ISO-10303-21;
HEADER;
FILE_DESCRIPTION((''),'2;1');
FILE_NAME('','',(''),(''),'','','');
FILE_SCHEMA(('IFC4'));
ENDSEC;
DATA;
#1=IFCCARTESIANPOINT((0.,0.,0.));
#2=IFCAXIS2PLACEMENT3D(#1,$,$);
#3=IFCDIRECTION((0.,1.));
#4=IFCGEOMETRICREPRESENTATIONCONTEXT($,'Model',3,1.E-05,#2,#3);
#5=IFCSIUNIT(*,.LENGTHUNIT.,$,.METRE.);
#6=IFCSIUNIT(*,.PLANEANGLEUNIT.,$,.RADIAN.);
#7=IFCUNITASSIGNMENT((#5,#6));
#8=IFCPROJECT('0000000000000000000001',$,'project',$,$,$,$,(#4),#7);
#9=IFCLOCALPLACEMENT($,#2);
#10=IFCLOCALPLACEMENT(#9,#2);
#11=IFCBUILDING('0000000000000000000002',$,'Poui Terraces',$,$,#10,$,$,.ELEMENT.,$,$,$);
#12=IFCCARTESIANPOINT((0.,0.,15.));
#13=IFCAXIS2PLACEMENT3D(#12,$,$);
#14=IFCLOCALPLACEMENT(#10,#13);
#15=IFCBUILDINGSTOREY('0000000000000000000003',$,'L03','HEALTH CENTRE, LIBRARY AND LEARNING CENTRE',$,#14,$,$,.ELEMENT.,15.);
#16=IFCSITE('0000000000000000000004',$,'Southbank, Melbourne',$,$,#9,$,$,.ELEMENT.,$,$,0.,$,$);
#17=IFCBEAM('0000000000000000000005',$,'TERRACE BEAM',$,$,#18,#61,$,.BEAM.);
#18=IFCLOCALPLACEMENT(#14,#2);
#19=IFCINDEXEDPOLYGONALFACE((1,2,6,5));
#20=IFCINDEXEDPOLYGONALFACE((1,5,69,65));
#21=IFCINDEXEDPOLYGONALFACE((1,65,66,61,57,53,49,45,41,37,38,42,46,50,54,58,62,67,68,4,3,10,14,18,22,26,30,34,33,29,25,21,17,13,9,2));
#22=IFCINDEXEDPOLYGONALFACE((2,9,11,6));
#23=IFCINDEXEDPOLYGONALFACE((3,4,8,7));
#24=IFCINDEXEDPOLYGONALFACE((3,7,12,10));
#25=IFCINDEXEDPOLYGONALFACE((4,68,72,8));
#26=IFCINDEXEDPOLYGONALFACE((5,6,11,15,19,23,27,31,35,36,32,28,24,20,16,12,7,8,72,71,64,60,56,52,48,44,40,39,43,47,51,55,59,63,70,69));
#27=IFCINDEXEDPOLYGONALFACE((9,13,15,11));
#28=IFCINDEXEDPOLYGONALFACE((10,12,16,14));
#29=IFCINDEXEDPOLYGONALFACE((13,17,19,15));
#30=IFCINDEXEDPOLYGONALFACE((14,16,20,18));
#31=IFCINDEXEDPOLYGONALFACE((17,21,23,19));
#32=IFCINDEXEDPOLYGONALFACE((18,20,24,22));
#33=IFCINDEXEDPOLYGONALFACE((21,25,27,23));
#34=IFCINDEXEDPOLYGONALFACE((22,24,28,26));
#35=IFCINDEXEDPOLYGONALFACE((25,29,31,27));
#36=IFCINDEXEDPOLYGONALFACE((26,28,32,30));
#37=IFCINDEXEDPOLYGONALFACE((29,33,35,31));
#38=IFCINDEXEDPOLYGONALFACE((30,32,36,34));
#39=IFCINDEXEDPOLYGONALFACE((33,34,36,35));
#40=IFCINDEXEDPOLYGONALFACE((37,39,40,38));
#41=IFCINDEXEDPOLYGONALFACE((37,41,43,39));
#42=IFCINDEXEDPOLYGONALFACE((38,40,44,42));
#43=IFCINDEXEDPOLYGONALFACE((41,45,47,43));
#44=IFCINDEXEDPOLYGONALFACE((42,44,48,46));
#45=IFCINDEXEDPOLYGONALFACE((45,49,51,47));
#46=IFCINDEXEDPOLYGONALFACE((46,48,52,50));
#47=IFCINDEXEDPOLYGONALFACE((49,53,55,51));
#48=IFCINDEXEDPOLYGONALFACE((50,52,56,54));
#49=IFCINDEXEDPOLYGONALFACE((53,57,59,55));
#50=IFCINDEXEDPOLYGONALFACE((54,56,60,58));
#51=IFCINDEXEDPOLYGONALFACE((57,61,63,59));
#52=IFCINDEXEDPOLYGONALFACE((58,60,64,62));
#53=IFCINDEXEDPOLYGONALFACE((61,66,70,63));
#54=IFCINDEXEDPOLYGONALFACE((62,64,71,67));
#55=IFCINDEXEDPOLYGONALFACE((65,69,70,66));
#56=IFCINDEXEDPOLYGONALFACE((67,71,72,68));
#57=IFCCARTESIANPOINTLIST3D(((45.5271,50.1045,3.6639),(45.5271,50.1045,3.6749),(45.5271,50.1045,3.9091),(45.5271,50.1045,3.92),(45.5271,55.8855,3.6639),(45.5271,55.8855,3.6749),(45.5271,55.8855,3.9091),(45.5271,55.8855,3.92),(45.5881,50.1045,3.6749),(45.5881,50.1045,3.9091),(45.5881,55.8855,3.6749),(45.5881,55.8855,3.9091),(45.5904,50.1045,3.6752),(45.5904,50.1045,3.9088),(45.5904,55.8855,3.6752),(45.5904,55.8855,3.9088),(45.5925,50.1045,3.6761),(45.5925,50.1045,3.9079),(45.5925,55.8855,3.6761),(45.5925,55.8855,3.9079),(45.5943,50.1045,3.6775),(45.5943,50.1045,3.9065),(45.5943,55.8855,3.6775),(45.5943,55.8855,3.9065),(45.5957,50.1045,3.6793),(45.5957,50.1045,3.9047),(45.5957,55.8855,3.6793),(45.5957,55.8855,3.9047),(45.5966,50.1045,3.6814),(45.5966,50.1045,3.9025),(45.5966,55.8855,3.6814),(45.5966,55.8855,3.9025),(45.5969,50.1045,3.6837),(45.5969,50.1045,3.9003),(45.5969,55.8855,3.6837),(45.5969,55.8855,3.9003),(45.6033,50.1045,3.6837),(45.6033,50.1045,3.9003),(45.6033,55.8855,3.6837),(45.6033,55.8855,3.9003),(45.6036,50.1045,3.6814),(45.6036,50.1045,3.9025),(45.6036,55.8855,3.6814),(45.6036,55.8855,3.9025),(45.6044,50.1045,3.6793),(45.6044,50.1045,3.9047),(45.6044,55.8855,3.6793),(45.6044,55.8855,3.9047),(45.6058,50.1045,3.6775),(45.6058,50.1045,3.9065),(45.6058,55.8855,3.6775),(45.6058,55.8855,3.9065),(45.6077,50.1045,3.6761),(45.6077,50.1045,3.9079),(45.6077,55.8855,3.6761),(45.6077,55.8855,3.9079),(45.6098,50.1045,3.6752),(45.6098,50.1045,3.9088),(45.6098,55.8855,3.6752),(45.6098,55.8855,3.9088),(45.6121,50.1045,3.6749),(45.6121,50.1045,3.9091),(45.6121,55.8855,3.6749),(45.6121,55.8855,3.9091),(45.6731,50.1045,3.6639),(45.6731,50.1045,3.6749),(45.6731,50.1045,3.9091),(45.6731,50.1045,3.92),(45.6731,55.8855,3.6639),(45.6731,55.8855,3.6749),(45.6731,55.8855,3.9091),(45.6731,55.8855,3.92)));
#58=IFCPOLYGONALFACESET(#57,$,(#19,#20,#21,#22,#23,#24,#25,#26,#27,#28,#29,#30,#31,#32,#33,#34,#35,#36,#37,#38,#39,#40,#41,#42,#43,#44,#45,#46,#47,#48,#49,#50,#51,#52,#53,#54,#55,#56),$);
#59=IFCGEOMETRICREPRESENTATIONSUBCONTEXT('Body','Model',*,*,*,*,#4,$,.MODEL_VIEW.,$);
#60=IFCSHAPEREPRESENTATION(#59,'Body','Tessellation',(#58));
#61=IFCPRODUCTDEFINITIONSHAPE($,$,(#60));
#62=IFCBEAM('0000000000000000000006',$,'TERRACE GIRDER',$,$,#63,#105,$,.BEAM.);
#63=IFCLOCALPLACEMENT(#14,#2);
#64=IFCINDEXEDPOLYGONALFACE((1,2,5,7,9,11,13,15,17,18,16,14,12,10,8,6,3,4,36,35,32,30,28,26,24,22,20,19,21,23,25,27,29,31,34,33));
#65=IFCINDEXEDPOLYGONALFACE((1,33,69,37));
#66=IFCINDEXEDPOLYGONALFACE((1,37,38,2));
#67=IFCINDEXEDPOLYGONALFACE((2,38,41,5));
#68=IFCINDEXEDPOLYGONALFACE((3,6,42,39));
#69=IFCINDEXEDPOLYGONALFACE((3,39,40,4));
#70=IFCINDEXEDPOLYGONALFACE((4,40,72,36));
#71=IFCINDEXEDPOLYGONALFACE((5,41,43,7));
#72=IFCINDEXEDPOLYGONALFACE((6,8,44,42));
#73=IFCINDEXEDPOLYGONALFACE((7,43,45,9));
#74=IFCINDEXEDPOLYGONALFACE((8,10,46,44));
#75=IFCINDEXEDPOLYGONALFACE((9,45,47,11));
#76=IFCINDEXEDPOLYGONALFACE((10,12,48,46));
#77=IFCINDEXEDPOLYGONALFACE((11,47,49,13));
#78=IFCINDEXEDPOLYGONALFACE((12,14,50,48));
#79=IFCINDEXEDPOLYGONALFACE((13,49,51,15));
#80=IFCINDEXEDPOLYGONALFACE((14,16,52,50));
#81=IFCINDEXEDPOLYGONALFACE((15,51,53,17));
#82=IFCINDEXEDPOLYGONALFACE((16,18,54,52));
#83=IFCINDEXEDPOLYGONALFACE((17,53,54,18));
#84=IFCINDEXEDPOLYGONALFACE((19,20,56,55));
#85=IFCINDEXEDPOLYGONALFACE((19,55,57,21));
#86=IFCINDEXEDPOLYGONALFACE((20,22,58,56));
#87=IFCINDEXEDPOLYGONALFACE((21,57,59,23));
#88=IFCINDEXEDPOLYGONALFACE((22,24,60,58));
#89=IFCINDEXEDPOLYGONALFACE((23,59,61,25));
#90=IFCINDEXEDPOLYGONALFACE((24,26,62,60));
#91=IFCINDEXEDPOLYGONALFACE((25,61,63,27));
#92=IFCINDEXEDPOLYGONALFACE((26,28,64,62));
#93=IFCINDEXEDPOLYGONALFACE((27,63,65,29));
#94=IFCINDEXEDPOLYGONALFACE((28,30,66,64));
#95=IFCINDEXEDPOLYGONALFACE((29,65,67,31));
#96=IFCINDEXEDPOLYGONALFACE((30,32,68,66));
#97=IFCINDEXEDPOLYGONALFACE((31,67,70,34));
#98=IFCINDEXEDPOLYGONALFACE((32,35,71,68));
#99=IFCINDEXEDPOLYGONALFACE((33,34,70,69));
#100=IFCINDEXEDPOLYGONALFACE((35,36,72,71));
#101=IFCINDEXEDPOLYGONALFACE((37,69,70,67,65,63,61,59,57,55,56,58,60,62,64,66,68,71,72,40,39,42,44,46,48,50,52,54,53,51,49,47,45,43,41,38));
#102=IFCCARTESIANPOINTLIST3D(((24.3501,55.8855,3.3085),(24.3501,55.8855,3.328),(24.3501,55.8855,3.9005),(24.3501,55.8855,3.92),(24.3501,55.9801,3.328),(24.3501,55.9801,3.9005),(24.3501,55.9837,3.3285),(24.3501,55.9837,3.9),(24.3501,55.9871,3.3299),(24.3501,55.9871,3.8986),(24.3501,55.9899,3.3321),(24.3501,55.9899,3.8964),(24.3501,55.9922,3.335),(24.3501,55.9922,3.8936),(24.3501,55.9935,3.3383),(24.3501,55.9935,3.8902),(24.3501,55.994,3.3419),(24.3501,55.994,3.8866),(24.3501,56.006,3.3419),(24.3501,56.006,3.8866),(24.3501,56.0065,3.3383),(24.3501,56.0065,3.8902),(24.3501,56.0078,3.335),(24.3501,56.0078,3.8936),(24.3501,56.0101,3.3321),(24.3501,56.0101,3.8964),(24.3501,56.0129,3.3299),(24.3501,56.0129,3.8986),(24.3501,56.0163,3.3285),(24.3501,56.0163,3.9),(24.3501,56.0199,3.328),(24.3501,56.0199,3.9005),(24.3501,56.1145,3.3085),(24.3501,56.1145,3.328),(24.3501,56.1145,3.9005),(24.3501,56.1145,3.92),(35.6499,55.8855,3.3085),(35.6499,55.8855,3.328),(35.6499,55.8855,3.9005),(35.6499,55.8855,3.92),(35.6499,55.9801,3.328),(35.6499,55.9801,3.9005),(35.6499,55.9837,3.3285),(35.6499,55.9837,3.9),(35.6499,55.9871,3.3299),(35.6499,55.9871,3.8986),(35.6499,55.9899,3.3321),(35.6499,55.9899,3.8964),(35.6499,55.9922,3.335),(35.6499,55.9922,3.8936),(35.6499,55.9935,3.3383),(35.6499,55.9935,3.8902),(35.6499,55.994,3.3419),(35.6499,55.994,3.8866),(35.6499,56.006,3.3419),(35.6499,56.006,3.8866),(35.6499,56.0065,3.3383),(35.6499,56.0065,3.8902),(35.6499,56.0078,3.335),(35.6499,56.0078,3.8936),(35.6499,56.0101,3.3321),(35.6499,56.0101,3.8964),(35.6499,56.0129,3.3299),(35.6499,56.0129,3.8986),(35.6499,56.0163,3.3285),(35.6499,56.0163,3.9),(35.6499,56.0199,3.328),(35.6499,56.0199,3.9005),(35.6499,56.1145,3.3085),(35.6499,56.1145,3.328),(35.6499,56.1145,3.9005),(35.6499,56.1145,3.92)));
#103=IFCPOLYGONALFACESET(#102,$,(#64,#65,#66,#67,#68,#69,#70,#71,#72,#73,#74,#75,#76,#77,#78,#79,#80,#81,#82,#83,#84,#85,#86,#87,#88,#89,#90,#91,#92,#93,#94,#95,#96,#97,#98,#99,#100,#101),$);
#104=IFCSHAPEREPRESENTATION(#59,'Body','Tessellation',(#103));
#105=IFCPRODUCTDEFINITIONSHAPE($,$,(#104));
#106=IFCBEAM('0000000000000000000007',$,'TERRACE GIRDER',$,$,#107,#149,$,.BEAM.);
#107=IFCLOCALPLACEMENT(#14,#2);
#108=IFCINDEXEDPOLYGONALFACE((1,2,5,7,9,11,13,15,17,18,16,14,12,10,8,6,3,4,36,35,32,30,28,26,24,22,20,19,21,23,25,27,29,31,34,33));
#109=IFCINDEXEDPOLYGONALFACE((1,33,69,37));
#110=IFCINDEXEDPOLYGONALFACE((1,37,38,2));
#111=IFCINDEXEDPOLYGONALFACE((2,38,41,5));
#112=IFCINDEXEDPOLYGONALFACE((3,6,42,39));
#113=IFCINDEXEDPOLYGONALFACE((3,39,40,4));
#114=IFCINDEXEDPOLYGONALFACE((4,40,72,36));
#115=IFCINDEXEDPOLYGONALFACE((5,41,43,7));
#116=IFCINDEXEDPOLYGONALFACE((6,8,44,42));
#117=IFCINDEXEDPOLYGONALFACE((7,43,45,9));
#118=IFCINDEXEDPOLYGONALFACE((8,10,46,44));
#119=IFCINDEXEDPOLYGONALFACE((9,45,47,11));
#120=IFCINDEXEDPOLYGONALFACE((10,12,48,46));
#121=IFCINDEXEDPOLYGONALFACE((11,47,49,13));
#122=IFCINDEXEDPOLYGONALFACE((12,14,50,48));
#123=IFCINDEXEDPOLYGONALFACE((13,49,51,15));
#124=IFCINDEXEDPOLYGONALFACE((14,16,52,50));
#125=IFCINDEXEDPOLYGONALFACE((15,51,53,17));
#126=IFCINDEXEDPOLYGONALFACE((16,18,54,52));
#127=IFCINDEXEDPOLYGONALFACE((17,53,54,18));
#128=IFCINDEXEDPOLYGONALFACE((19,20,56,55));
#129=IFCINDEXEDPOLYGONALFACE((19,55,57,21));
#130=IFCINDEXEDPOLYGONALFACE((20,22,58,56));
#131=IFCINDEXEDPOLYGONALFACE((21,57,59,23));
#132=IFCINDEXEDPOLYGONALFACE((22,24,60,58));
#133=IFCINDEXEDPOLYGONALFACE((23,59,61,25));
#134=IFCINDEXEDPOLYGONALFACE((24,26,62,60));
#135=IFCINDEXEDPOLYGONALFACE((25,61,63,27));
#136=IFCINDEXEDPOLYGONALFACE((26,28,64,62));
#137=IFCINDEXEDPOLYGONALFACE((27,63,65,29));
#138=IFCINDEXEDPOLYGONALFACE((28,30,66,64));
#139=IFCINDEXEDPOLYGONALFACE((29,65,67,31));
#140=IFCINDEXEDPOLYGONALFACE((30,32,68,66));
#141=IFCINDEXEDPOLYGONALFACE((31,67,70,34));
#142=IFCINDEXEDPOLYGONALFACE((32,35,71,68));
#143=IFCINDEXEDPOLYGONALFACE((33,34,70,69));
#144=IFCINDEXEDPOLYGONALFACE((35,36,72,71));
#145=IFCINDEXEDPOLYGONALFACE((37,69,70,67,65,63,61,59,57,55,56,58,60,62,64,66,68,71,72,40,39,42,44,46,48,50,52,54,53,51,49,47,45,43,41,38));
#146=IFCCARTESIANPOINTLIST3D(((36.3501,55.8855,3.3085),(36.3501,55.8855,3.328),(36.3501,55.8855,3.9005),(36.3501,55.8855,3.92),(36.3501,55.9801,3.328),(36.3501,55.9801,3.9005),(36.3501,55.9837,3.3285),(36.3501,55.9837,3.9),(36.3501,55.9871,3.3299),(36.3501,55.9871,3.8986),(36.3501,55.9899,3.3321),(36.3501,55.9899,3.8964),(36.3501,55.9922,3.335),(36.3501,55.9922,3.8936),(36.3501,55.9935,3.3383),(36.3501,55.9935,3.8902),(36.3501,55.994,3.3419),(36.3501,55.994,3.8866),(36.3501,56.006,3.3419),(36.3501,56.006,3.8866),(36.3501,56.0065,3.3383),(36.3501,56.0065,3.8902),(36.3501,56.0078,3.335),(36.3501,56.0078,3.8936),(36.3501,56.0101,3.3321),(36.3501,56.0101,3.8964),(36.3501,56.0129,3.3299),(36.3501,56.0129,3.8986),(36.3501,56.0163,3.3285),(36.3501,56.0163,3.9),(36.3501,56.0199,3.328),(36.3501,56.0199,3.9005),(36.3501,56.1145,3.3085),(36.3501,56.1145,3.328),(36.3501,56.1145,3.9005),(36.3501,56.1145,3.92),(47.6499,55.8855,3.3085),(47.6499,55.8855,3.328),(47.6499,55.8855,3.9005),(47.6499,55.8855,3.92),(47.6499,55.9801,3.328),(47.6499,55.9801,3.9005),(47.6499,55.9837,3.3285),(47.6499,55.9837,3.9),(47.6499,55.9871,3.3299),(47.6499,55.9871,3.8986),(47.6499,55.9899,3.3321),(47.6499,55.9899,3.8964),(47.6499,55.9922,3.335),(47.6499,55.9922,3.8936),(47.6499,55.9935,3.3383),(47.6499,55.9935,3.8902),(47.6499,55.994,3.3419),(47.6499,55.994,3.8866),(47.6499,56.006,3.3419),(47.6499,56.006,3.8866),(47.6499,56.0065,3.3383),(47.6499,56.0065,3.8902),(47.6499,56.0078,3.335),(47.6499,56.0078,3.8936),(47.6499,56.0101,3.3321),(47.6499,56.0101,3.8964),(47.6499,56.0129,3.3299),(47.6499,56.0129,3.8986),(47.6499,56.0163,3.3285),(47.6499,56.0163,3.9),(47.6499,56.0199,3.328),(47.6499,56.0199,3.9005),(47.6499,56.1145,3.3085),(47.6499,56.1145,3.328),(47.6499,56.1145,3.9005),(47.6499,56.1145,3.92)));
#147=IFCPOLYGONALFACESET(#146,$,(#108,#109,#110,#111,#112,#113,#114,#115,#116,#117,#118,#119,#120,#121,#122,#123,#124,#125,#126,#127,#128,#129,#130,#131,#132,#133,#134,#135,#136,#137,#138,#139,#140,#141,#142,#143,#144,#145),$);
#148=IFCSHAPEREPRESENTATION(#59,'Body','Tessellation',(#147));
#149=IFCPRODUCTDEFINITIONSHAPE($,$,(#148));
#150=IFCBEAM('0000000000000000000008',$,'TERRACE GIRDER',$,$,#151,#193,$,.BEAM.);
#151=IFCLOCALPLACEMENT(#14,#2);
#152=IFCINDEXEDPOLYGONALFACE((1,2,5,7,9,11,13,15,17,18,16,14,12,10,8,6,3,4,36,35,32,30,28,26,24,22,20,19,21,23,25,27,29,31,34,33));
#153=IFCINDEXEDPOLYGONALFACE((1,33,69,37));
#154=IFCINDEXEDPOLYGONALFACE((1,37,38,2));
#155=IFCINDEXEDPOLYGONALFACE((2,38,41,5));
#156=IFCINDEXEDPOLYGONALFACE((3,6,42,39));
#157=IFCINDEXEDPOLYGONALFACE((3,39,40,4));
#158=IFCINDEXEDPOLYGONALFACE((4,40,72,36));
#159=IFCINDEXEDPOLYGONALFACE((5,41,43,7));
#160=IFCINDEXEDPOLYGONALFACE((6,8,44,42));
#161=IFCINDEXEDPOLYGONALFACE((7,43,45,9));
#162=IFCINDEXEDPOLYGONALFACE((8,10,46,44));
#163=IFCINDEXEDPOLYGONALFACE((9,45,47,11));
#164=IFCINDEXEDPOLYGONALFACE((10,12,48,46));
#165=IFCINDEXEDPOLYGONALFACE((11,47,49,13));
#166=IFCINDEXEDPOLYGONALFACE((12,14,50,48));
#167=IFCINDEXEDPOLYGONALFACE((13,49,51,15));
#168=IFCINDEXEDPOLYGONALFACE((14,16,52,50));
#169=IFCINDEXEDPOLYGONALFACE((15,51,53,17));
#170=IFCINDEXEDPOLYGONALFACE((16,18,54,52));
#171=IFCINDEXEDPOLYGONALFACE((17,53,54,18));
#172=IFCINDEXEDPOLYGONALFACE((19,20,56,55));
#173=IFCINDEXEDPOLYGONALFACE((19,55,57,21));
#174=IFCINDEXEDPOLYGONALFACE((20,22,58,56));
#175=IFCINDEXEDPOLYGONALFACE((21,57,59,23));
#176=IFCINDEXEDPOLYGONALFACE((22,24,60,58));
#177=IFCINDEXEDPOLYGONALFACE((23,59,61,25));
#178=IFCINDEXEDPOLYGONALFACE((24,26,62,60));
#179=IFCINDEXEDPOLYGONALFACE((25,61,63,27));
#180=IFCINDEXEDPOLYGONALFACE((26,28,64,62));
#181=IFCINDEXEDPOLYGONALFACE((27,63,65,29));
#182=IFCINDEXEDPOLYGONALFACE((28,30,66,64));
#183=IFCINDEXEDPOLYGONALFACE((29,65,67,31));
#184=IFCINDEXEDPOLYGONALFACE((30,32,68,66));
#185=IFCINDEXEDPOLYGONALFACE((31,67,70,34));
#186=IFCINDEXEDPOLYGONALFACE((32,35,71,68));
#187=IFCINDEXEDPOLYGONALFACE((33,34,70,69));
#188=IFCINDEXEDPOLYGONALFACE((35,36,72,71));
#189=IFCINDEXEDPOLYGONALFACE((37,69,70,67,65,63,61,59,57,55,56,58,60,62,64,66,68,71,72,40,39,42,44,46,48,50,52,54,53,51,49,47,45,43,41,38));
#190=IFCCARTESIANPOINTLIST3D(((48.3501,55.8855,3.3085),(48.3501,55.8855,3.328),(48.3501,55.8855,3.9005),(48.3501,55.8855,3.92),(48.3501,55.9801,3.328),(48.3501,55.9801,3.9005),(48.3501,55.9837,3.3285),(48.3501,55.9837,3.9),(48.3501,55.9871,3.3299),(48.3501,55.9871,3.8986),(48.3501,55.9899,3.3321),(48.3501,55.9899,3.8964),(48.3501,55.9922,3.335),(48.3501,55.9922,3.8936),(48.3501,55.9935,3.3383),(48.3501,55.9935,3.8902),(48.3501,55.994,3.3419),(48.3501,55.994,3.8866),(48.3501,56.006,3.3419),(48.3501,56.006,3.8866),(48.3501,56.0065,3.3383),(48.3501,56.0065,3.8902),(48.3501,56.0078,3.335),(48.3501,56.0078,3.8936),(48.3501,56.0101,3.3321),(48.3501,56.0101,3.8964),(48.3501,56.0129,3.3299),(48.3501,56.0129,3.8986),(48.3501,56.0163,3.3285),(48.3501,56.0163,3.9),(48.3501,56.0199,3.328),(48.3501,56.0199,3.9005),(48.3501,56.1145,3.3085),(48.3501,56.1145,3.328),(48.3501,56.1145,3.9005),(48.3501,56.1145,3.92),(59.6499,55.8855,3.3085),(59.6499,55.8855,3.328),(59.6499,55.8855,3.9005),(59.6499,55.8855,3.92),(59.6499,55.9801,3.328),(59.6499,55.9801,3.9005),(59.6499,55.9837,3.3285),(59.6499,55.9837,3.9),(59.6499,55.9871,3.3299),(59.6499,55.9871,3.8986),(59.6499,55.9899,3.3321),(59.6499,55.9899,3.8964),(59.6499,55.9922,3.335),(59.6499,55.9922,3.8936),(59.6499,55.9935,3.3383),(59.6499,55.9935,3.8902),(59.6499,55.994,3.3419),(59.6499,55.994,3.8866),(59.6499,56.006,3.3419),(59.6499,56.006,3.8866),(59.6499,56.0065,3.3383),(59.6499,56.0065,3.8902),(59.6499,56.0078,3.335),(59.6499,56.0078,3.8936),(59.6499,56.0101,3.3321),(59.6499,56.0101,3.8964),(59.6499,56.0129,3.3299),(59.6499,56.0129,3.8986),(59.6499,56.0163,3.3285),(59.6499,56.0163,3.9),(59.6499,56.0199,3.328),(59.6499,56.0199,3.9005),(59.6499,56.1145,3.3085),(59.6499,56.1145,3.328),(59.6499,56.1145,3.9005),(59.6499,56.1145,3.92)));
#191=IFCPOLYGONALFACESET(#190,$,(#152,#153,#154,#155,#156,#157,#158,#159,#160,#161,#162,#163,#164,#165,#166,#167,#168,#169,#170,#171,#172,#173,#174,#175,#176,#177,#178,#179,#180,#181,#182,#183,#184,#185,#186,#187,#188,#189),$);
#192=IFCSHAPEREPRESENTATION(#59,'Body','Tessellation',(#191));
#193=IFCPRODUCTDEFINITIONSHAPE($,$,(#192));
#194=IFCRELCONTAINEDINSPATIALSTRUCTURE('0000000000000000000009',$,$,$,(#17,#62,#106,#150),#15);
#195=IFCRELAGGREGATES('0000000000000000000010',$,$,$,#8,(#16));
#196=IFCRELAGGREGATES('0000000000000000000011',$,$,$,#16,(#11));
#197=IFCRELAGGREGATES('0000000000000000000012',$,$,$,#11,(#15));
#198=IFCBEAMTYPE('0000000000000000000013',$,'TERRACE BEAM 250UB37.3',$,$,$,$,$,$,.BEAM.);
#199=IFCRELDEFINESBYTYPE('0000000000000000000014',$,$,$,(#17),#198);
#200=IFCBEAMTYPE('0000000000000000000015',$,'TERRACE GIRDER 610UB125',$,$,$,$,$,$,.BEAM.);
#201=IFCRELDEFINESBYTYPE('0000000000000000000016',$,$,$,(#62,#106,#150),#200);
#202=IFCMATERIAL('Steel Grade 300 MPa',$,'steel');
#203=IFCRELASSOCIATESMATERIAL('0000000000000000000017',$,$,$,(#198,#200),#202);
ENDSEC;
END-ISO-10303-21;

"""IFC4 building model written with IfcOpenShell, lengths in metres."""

from ifc_helpers import new_model, si_unit, direction, frame, origin, origin_2d, place, context, subcontext, project, spatial, i_section, extrude, source, transform, mapped, material, material_profile, profile_set, type_object, element, save


model = new_model("IFC4")

# Units and contexts
model_context = context("Model", 3, precision=1e-05, world=origin(), true_north=direction((0.0, 1.0)))
body_context = subcontext(model_context, "Body", "Model", "MODEL_VIEW")
ifc_project = project(units=[si_unit("LENGTHUNIT", "METRE"), si_unit("PLANEANGLEUNIT", "RADIAN")], contexts=[model_context])

# Site, building, storey
site_placement = place(None, origin())
site = spatial("IfcSite", under=ifc_project, at=site_placement, Name="Southbank, Melbourne", CompositionType="ELEMENT", RefElevation=0.0)
building_placement = place(site_placement, origin())
building = spatial("IfcBuilding", under=site, at=building_placement, Name="Poui Terraces", CompositionType="ELEMENT")
storey_placement = place(building_placement, frame((0.0, 0.0, 15.0)))
storey = spatial("IfcBuildingStorey", under=building, at=storey_placement, Name="L03", Description="HEALTH CENTRE, LIBRARY AND LEARNING CENTRE", CompositionType="ELEMENT", Elevation=15.0)

# Beams
ifc_material_1 = material(Name="Steel Grade 300 MPa", Category="steel")
ifc_material_profile_1 = material_profile(ifc_material_1, i_section(OverallWidth=0.146, OverallDepth=0.2561, WebThickness=0.0063, FlangeThickness=0.011, FilletRadius=0.0088, at=origin_2d()), Name="250UB37.3")
ifc_profile_set_1 = profile_set([ifc_material_profile_1], Name="Steel Grade 300 MPa")
beam_type_1 = type_object("IfcBeamType", Name="TERRACE BEAM 250UB37.3", PredefinedType="BEAM", material=ifc_profile_set_1)
shared_shape_1 = source(origin(), body_context, "Body", "SweptSolid", [
    extrude(i_section(OverallWidth=0.146, OverallDepth=0.2561, WebThickness=0.0063, FlangeThickness=0.011, FilletRadius=0.0088, at=origin_2d()), origin(), (0.0, 0.0, 1.0), 5.781),
])
for number, where, z_axis, x_axis, name in (
    (1, (45.6001, 50.1045, 3.792), (0.0, 1.0, 0.0), (-1.0, 0.0, 0.0), "TERRACE BEAM"),
):
    element("IfcBeam", number, at=place(storey_placement, frame(where, z_axis=z_axis, x_axis=x_axis)), inside=storey, type_object=beam_type_1, Name=name, PredefinedType="BEAM", context=body_context, shape_type="MappedRepresentation", body=[
        mapped(shared_shape_1, transform((0.0, 0.0, 0.0))),
    ])
ifc_material_profile_2 = material_profile(ifc_material_1, i_section(OverallWidth=0.229, OverallDepth=0.6116, WebThickness=0.012, FlangeThickness=0.0195, FilletRadius=0.0139, at=origin_2d()), Name="610UB125")
ifc_profile_set_2 = profile_set([ifc_material_profile_2], Name="Steel Grade 300 MPa")
beam_type_2 = type_object("IfcBeamType", Name="TERRACE GIRDER 610UB125", PredefinedType="BEAM", material=ifc_profile_set_2)
shared_shape_2 = source(origin(), body_context, "Body", "SweptSolid", [
    extrude(i_section(OverallWidth=0.229, OverallDepth=0.6116, WebThickness=0.012, FlangeThickness=0.0195, FilletRadius=0.0139, at=origin_2d()), origin(), (0.0, 0.0, 1.0), 11.2998),
])
for number, where, z_axis, x_axis, name in (
    (2, (24.3501, 56.0, 3.6143), (1.0, 0.0, 0.0), (0.0, 1.0, 0.0), "TERRACE GIRDER"),
    (3, (36.3501, 56.0, 3.6143), (1.0, 0.0, 0.0), (0.0, 1.0, 0.0), "TERRACE GIRDER"),
    (4, (48.3501, 56.0, 3.6143), (1.0, 0.0, 0.0), (0.0, 1.0, 0.0), "TERRACE GIRDER"),
):
    element("IfcBeam", number, at=place(storey_placement, frame(where, z_axis=z_axis, x_axis=x_axis)), inside=storey, type_object=beam_type_2, Name=name, PredefinedType="BEAM", context=body_context, shape_type="MappedRepresentation", body=[
        mapped(shared_shape_2, transform((0.0, 0.0, 0.0))),
    ])

save(model, "model.ifc")
